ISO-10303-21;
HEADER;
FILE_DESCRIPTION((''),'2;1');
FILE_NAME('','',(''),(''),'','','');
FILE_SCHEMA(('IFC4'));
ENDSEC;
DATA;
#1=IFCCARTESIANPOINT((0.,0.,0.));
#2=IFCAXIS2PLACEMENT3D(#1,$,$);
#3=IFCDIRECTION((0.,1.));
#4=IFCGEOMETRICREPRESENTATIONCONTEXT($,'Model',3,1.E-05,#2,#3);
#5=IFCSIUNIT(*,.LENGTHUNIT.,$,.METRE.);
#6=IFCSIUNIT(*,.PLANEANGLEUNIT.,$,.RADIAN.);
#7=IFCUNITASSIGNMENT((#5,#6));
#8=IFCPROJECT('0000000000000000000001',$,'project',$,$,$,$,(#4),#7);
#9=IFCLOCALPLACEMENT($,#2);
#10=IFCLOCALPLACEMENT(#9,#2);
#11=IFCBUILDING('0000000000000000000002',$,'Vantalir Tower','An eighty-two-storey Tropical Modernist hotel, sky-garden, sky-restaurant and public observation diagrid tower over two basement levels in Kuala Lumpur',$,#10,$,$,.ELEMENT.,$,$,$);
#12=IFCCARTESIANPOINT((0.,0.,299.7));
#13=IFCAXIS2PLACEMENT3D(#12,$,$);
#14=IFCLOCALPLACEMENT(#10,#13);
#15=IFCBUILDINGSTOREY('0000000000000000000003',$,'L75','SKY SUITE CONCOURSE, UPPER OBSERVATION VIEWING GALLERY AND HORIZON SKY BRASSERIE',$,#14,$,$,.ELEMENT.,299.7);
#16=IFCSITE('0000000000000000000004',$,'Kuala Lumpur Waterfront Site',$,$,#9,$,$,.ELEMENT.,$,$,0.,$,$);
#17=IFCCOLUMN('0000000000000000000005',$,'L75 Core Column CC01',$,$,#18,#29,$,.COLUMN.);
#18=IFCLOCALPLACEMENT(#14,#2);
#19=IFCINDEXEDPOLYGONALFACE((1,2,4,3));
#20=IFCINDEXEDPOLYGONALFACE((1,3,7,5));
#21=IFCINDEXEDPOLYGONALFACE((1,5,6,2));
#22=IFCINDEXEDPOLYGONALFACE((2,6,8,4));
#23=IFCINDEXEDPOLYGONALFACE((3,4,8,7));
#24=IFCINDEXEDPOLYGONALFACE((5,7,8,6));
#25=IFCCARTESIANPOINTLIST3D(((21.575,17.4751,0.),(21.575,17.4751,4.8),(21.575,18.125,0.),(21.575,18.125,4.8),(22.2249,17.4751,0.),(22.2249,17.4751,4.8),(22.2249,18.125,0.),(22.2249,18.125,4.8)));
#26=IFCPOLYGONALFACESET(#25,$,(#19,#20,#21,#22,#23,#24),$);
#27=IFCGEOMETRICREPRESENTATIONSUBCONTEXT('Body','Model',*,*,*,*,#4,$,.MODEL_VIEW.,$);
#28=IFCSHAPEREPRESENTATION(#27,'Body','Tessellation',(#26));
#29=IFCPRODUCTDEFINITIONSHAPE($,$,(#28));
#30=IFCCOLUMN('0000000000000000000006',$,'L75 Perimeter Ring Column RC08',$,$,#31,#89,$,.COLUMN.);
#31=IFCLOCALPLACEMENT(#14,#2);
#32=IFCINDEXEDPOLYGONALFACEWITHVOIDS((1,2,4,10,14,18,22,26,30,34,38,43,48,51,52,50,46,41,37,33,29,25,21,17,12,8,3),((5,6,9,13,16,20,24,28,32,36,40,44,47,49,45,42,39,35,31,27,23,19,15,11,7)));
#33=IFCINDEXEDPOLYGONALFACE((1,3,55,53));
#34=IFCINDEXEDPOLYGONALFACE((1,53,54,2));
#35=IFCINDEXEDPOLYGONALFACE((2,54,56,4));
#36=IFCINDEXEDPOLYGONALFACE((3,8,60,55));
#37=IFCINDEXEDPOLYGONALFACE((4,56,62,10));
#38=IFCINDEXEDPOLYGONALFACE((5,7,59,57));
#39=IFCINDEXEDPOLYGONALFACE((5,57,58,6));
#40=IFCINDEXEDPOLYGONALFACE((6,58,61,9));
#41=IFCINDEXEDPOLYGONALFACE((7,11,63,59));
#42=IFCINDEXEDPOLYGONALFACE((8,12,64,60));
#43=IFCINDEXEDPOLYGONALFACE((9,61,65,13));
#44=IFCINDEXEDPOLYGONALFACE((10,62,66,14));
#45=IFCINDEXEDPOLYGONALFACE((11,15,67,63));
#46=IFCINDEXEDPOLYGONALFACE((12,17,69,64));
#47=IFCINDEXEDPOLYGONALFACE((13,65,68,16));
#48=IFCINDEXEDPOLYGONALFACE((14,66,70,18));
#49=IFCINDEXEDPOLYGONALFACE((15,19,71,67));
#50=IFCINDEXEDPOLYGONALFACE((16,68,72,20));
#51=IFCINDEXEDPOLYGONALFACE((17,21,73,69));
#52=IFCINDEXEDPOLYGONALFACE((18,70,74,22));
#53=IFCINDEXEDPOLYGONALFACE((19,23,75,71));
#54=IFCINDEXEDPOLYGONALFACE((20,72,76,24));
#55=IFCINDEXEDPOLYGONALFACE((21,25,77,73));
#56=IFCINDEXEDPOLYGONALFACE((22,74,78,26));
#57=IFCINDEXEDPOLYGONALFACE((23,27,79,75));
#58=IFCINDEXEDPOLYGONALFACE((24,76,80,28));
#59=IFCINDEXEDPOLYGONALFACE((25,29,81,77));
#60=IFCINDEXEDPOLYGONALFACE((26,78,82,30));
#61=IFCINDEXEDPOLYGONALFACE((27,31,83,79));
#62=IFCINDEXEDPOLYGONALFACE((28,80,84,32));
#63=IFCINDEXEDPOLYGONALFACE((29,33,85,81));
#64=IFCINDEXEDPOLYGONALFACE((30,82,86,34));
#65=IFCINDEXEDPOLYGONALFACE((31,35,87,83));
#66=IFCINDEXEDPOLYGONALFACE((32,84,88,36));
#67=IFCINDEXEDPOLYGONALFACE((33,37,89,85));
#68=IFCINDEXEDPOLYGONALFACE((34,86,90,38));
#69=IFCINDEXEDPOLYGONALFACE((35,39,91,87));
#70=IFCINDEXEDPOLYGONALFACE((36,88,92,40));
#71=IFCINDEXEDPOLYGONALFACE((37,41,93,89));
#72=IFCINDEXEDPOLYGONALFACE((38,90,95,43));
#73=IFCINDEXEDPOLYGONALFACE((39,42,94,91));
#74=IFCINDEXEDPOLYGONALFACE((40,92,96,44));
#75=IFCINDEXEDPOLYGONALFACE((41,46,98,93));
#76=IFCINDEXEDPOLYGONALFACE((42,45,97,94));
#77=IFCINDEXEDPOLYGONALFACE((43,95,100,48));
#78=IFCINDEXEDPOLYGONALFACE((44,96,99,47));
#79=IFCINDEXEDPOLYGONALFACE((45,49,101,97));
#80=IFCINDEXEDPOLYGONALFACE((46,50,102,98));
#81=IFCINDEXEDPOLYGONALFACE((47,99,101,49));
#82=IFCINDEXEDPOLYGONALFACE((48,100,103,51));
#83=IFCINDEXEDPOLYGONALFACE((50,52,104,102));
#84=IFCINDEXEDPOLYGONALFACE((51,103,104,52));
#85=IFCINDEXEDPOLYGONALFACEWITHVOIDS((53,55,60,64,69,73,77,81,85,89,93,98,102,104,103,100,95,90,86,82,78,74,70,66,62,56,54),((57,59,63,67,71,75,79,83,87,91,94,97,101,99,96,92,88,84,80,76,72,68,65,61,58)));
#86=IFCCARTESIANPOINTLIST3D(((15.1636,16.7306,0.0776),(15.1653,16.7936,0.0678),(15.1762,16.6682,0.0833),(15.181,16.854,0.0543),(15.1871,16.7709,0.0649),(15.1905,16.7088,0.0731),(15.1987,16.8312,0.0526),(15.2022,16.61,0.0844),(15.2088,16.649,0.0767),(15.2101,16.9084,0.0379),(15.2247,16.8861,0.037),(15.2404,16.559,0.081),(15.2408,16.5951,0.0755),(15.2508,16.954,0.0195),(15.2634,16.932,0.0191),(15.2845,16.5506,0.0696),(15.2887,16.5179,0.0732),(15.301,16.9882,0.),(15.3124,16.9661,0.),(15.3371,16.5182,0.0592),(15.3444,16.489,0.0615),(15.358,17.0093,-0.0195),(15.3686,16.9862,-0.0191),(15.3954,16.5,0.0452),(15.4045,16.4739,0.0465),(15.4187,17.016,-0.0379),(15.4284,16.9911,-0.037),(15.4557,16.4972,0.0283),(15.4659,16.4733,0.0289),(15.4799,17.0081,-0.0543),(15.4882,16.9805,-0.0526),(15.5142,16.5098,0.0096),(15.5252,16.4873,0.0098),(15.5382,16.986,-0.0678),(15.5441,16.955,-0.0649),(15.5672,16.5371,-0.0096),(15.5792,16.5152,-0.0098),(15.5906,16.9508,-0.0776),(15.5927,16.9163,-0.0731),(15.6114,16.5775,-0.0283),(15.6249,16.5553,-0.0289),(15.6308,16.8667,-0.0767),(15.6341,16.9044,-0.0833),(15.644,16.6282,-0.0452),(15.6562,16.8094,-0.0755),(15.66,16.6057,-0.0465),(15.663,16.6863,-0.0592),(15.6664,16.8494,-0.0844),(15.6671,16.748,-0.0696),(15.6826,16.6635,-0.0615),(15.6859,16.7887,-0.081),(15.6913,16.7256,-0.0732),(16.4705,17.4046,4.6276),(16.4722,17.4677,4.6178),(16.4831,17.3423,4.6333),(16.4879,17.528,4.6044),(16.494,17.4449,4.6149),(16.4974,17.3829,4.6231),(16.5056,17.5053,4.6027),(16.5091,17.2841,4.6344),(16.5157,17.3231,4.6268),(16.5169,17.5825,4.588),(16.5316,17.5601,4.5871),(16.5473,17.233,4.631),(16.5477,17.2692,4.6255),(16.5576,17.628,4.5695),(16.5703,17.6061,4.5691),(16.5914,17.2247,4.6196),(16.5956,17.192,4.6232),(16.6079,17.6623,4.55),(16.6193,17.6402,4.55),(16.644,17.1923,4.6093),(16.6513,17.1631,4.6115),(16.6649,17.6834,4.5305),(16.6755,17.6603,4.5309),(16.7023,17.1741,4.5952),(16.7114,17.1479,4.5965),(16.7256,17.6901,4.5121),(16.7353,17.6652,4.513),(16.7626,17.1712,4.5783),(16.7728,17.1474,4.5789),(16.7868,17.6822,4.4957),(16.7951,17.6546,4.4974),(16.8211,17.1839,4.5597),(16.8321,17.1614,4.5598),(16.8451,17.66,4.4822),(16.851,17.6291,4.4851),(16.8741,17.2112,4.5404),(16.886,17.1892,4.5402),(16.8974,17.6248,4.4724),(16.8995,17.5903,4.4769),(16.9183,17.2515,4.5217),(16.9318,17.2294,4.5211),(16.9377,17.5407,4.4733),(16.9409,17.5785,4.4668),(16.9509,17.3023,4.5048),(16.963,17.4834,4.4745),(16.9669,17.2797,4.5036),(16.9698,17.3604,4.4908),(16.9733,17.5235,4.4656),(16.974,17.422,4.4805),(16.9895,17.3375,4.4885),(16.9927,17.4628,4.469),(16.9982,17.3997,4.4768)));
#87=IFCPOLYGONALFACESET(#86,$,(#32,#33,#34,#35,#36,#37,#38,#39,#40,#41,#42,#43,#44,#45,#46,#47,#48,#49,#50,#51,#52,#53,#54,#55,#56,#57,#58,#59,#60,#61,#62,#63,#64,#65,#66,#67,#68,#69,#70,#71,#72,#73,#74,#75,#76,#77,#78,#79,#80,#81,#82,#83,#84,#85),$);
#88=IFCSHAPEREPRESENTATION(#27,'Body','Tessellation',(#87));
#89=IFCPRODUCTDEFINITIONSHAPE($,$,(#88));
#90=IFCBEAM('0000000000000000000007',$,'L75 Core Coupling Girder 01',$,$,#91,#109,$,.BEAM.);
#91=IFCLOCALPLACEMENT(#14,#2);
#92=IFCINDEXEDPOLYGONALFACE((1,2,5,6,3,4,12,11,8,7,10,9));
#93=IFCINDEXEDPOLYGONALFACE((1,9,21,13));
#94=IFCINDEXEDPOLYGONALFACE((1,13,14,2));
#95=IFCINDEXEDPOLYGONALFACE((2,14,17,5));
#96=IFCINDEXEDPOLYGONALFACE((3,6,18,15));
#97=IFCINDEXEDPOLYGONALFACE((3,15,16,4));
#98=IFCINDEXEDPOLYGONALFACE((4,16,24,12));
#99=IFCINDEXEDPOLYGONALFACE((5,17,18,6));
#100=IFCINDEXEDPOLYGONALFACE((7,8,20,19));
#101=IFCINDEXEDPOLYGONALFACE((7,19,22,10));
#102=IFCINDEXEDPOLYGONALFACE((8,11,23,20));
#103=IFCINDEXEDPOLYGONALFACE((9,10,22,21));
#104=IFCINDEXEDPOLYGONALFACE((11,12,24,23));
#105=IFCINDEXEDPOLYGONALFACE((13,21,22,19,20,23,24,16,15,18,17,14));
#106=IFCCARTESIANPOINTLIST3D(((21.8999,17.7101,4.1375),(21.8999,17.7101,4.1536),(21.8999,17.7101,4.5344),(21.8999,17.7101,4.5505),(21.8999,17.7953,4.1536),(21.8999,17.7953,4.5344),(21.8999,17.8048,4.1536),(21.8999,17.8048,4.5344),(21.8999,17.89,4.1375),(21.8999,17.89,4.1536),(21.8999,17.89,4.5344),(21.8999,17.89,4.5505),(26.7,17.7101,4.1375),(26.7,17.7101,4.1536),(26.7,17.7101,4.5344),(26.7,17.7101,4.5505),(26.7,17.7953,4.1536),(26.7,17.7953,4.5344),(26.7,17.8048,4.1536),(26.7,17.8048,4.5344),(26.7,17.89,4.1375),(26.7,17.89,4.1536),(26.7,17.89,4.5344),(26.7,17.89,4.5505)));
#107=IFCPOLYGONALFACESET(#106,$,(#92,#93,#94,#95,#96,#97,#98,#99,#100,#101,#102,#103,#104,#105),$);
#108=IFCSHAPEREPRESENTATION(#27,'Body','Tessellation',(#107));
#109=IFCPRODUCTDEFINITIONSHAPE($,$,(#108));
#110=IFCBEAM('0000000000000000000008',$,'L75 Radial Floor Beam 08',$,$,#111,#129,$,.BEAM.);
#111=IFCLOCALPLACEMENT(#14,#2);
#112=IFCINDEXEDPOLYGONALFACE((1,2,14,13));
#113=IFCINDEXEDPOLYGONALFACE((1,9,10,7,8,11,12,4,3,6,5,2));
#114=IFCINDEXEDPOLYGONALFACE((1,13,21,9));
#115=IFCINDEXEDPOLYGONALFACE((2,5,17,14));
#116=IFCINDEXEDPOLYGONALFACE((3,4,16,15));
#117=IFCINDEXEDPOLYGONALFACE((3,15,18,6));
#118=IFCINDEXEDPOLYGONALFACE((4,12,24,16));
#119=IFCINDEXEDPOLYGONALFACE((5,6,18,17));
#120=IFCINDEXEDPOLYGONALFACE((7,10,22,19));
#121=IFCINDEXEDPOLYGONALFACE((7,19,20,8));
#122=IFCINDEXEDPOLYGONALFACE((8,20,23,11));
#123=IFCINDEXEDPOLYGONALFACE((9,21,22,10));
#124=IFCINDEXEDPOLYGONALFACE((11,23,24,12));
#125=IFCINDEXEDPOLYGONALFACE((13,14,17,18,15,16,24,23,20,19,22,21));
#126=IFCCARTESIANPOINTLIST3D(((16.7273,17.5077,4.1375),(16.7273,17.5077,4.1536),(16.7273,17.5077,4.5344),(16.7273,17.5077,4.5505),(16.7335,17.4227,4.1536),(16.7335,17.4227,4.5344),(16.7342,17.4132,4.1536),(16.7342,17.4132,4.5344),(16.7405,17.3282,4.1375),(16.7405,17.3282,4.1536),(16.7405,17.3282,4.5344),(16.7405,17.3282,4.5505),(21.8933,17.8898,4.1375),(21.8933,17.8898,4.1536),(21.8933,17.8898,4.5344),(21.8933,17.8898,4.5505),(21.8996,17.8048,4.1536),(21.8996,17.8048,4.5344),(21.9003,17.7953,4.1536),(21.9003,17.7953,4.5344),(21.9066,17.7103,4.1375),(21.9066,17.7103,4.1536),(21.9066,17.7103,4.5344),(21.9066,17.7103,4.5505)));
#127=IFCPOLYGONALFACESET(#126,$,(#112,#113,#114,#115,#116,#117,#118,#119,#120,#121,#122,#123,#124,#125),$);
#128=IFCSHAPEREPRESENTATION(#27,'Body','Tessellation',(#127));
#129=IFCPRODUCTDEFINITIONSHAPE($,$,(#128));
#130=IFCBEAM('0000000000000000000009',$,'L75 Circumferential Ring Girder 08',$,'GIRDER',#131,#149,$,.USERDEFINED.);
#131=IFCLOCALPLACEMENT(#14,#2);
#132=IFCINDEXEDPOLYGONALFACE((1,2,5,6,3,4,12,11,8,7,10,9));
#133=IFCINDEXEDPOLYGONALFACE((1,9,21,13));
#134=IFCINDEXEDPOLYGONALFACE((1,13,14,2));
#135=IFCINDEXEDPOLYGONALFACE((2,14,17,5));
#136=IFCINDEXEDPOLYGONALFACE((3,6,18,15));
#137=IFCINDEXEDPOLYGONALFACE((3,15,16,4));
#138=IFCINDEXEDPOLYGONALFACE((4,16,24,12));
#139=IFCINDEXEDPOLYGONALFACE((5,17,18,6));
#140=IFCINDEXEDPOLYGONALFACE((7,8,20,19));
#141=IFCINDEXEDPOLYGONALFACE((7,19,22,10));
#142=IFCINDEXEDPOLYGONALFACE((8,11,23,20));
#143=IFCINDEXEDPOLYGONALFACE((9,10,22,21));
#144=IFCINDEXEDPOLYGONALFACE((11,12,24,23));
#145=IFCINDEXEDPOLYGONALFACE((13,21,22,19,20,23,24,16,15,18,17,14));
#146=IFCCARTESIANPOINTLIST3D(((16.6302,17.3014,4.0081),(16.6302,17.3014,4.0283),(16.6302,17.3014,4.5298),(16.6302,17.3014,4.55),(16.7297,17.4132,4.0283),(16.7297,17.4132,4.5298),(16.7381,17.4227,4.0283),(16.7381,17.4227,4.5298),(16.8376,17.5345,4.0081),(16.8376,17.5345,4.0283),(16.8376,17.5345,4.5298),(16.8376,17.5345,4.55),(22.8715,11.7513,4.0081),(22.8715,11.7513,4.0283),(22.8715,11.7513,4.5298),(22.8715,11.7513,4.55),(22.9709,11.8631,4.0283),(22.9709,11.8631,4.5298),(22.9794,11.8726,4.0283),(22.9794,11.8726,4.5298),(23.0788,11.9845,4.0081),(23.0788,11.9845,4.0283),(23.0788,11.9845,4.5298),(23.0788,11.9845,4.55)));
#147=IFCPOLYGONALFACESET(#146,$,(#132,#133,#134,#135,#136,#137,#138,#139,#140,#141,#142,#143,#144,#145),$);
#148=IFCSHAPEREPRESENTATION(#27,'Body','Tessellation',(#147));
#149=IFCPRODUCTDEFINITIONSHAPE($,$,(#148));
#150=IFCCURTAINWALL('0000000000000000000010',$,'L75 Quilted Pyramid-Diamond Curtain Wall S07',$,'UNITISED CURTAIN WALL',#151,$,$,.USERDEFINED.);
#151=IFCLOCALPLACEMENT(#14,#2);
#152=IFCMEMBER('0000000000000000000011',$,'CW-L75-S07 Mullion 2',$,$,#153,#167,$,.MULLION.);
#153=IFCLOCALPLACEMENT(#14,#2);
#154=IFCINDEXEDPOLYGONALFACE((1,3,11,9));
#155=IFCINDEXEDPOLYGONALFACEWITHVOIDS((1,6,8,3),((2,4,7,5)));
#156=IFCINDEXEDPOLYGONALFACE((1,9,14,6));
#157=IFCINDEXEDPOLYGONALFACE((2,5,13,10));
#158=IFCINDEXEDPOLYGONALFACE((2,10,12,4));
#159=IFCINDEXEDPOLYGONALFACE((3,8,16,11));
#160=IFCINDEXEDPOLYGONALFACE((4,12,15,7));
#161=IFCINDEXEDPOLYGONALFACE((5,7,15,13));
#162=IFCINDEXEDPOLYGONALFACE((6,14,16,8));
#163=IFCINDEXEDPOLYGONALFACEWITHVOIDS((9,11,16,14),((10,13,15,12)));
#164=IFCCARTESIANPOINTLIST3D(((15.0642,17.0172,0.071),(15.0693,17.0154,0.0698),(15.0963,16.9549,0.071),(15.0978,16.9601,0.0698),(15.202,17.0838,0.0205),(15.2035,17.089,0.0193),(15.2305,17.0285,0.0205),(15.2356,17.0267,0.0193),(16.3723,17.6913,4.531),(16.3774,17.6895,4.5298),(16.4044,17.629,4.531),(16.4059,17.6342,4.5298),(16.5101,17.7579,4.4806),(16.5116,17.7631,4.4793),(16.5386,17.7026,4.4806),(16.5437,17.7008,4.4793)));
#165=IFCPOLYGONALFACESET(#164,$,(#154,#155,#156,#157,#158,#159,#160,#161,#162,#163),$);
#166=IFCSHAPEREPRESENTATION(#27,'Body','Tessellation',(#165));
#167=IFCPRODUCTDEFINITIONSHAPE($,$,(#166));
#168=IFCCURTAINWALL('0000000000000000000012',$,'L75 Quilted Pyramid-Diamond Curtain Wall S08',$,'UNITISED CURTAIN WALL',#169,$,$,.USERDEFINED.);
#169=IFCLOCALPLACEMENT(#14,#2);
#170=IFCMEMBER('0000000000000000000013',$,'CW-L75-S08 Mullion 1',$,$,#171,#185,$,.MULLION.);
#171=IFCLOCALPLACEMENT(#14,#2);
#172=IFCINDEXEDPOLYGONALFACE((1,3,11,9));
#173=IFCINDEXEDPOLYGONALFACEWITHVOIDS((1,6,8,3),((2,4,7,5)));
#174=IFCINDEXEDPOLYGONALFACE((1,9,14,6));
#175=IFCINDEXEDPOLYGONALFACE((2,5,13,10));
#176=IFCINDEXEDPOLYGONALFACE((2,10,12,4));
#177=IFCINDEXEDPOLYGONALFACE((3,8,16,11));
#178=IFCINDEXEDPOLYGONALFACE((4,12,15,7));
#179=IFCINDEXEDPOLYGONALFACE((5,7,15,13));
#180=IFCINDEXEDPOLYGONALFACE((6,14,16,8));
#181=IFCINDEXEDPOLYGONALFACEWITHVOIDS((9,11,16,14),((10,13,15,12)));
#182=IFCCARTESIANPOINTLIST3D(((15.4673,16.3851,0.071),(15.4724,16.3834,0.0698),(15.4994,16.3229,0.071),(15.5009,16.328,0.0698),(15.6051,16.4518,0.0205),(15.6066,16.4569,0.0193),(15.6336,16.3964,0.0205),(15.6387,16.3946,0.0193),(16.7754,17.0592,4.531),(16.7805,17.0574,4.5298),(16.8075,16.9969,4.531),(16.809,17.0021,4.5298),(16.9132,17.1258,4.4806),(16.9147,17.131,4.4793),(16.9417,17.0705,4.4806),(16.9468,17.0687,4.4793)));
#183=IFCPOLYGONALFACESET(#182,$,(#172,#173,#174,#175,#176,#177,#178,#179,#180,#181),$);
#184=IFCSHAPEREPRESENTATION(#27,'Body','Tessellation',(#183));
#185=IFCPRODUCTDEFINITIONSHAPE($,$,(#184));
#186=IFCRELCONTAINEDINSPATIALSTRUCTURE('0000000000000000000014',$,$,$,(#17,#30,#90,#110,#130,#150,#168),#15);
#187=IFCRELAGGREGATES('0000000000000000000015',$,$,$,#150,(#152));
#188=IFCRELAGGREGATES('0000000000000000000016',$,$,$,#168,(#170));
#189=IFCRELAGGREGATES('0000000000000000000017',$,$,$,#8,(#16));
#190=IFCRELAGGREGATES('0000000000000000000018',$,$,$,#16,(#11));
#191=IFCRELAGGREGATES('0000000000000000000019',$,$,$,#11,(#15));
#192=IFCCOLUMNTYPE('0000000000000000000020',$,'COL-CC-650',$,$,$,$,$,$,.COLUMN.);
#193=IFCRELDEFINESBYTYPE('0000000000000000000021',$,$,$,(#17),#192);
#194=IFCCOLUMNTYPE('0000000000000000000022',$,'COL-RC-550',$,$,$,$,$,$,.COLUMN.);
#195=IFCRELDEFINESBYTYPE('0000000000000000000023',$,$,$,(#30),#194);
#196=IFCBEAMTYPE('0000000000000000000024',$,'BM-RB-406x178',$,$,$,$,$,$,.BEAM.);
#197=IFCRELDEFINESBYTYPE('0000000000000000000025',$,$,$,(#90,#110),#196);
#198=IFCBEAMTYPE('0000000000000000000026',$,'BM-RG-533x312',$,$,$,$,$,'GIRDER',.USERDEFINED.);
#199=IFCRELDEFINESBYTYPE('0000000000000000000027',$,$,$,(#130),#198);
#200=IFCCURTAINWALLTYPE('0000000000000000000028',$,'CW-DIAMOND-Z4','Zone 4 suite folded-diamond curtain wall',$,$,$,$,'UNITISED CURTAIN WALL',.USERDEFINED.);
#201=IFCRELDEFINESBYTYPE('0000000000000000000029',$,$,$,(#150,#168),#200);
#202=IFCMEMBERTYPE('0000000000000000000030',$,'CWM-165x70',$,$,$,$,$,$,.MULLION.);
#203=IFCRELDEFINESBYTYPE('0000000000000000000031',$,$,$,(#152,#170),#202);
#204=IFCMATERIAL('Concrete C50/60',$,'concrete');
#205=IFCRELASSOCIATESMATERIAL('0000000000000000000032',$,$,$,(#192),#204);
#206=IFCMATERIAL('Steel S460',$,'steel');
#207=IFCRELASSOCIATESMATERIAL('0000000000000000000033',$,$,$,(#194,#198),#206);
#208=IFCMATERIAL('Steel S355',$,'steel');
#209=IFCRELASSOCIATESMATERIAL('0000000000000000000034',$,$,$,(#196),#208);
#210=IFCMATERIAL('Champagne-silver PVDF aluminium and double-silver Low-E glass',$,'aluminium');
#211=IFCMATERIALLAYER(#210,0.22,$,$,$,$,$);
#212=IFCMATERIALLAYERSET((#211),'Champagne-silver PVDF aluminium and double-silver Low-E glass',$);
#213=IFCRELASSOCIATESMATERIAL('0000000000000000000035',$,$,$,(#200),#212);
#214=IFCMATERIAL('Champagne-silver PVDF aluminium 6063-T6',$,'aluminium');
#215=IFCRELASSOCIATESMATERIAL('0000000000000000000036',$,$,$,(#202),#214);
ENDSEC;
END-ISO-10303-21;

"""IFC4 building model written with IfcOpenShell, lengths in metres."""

from ifc_helpers import new_model, si_unit, direction, frame, origin, origin_2d, place, context, subcontext, project, spatial, rectangle, hollow_rectangle, hollow_circle, i_section, extrude, material, layer, layer_set, material_profile, profile_set, type_object, element, aggregate, save


model = new_model("IFC4")

# Units and contexts
model_context = context("Model", 3, precision=1e-05, world=origin(), true_north=direction((0.0, 1.0)))
body_context = subcontext(model_context, "Body", "Model", "MODEL_VIEW")
ifc_project = project(units=[si_unit("LENGTHUNIT", "METRE"), si_unit("PLANEANGLEUNIT", "RADIAN")], contexts=[model_context])

# Site, building, storey
site_placement = place(None, origin())
site = spatial("IfcSite", under=ifc_project, at=site_placement, Name="Kuala Lumpur Waterfront Site", CompositionType="ELEMENT", RefElevation=0.0)
building_placement = place(site_placement, origin())
building = spatial("IfcBuilding", under=site, at=building_placement, Name="Vantalir Tower", Description="An eighty-two-storey Tropical Modernist hotel, sky-garden, sky-restaurant and public observation diagrid tower over two basement levels in Kuala Lumpur", CompositionType="ELEMENT")
storey_placement = place(building_placement, frame((0.0, 0.0, 299.7)))
storey = spatial("IfcBuildingStorey", under=building, at=storey_placement, Name="L75", Description="SKY SUITE CONCOURSE, UPPER OBSERVATION VIEWING GALLERY AND HORIZON SKY BRASSERIE", CompositionType="ELEMENT", Elevation=299.7)

# Columns
ifc_material_1 = material(Name="Concrete C50/60", Category="concrete")
ifc_material_profile_1 = material_profile(ifc_material_1, rectangle(XDim=0.6499, YDim=0.6499, at=origin_2d()), Name="Concrete C50/60")
ifc_profile_set_1 = profile_set([ifc_material_profile_1], Name="Concrete C50/60")
column_type_1 = type_object("IfcColumnType", Name="COL-CC-650", PredefinedType="COLUMN", material=ifc_profile_set_1)
column_1_placement = place(storey_placement, frame((21.8999, 17.8, 0.0), z_axis=(0.0, 0.0, 1.0), x_axis=(1.0, 0.0, 0.0)))
element("IfcColumn", 1, at=column_1_placement, inside=storey, type_object=column_type_1, Name="L75 Core Column CC01", PredefinedType="COLUMN", context=body_context, shape_type="SweptSolid", body=[
    extrude(rectangle(XDim=0.6499, YDim=0.6499, at=origin_2d()), origin(), (0.0, 0.0, 1.0), 4.8),
])
ifc_material_2 = material(Name="Steel S460", Category="steel")
ifc_material_profile_2 = material_profile(ifc_material_2, hollow_circle(Radius=0.2749, WallThickness=0.0249, at=origin_2d()), Name="Steel S460")
ifc_profile_set_2 = profile_set([ifc_material_profile_2], Name="Steel S460")
column_type_2 = type_object("IfcColumnType", Name="COL-RC-550", PredefinedType="COLUMN", material=ifc_profile_set_2)
column_2_placement = place(storey_placement, frame((15.427, 16.7439, 0.0), z_axis=(0.273306, 0.140967, 0.951542), x_axis=(-0.458402, 0.888745, 0.0)))
element("IfcColumn", 2, at=column_2_placement, inside=storey, type_object=column_type_2, Name="L75 Perimeter Ring Column RC08", PredefinedType="COLUMN", context=body_context, shape_type="SweptSolid", body=[
    extrude(hollow_circle(Radius=0.2749, WallThickness=0.0249, at=origin_2d()), origin(), (0.0, 0.0, 1.0), 4.7817),
])

# Beams
ifc_material_3 = material(Name="Steel S355", Category="steel")
ifc_material_profile_3 = material_profile(ifc_material_3, i_section(OverallWidth=0.1799, OverallDepth=0.4131, WebThickness=0.0095, FlangeThickness=0.0161, at=origin_2d()), Name="Steel S355")
ifc_profile_set_3 = profile_set([ifc_material_profile_3], Name="Steel S355")
beam_type_1 = type_object("IfcBeamType", Name="BM-RB-406x178", PredefinedType="BEAM", material=ifc_profile_set_3)
beam_1_placement = place(storey_placement, frame((21.8999, 17.8, 4.344), z_axis=(1.0, 0.0, 0.0), x_axis=(0.0, 1.0, 0.0)))
element("IfcBeam", 3, at=beam_1_placement, inside=storey, type_object=beam_type_1, Name="L75 Core Coupling Girder 01", PredefinedType="BEAM", context=body_context, shape_type="SweptSolid", body=[
    extrude(i_section(OverallWidth=0.1799, OverallDepth=0.4131, WebThickness=0.0095, FlangeThickness=0.0161, at=origin_2d()), origin(), (0.0, 0.0, 1.0), 4.8),
])
beam_2_placement = place(storey_placement, frame((16.7339, 17.418, 4.344), z_axis=(0.997276, 0.073759, 0.0), x_axis=(-0.073759, 0.997276, 0.0)))
element("IfcBeam", 4, at=beam_2_placement, inside=storey, type_object=beam_type_1, Name="L75 Radial Floor Beam 08", PredefinedType="BEAM", context=body_context, shape_type="SweptSolid", body=[
    extrude(i_section(OverallWidth=0.1799, OverallDepth=0.4131, WebThickness=0.0095, FlangeThickness=0.0161, at=origin_2d()), origin(), (0.0, 0.0, 1.0), 5.1802),
])
ifc_material_profile_4 = material_profile(ifc_material_2, i_section(OverallWidth=0.312, OverallDepth=0.542, WebThickness=0.0127, FlangeThickness=0.0203, at=origin_2d()), Name="Steel S460")
ifc_profile_set_4 = profile_set([ifc_material_profile_4], Name="Steel S460")
beam_type_2 = type_object("IfcBeamType", Name="BM-RG-533x312", ElementType="GIRDER", PredefinedType="USERDEFINED", material=ifc_profile_set_4)
beam_3_placement = place(storey_placement, frame((16.7339, 17.418, 4.2791), z_axis=(0.747272, -0.664518, 0.0), x_axis=(0.664518, 0.747272, 0.0)))
element("IfcBeam", 5, at=beam_3_placement, inside=storey, type_object=beam_type_2, Name="L75 Circumferential Ring Girder 08", ObjectType="GIRDER", PredefinedType="USERDEFINED", context=body_context, shape_type="SweptSolid", body=[
    extrude(i_section(OverallWidth=0.312, OverallDepth=0.542, WebThickness=0.0127, FlangeThickness=0.0203, at=origin_2d()), origin(), (0.0, 0.0, 1.0), 8.3521),
])

# Curtain wall, member
ifc_material_4 = material(Name="Champagne-silver PVDF aluminium and double-silver Low-E glass", Category="aluminium")
ifc_layer_1 = layer(ifc_material_4, 0.22)
ifc_layer_set_1 = layer_set([ifc_layer_1], Name="Champagne-silver PVDF aluminium and double-silver Low-E glass")
curtain_wall_type = type_object("IfcCurtainWallType", Name="CW-DIAMOND-Z4", Description="Zone 4 suite folded-diamond curtain wall", ElementType="UNITISED CURTAIN WALL", PredefinedType="USERDEFINED", material=ifc_layer_set_1)
curtain_wall_1_placement = place(storey_placement, origin())
curtain_wall_1 = element("IfcCurtainWall", 6, at=curtain_wall_1_placement, inside=storey, type_object=curtain_wall_type, Name="L75 Quilted Pyramid-Diamond Curtain Wall S07", ObjectType="UNITISED CURTAIN WALL", PredefinedType="USERDEFINED")
ifc_material_5 = material(Name="Champagne-silver PVDF aluminium 6063-T6", Category="aluminium")
ifc_material_profile_5 = material_profile(ifc_material_5, hollow_rectangle(XDim=0.0701, YDim=0.165, WallThickness=0.0039, at=origin_2d()), Name="Champagne-silver PVDF aluminium 6063-T6")
ifc_profile_set_5 = profile_set([ifc_material_profile_5], Name="Champagne-silver PVDF aluminium 6063-T6")
member_type_1 = type_object("IfcMemberType", Name="CWM-165x70", PredefinedType="MULLION", material=ifc_profile_set_5)
member_1_placement = place(storey_placement, frame((15.1499, 17.022, 0.0452), z_axis=(0.27853, 0.143528, 0.949643), x_axis=(-0.458064, 0.888919, 0.0)))
member_1 = element("IfcMember", 7, at=member_1_placement, type_object=member_type_1, Name="CW-L75-S07 Mullion 2", PredefinedType="MULLION", context=body_context, shape_type="SweptSolid", body=[
    extrude(hollow_rectangle(XDim=0.0701, YDim=0.165, WallThickness=0.0039, at=origin_2d()), origin(), (0.0, 0.0, 1.0), 4.6965),
])

# Curtain wall, member
curtain_wall_2_placement = place(storey_placement, origin())
curtain_wall_2 = element("IfcCurtainWall", 8, at=curtain_wall_2_placement, inside=storey, type_object=curtain_wall_type, Name="L75 Quilted Pyramid-Diamond Curtain Wall S08", ObjectType="UNITISED CURTAIN WALL", PredefinedType="USERDEFINED")
member_2_placement = place(storey_placement, frame((15.553, 16.3899, 0.0452), z_axis=(0.27853, 0.143528, 0.949643), x_axis=(-0.458064, 0.888919, 0.0)))
member_2 = element("IfcMember", 9, at=member_2_placement, type_object=member_type_1, Name="CW-L75-S08 Mullion 1", PredefinedType="MULLION", context=body_context, shape_type="SweptSolid", body=[
    extrude(hollow_rectangle(XDim=0.0701, YDim=0.165, WallThickness=0.0039, at=origin_2d()), origin(), (0.0, 0.0, 1.0), 4.6965),
])

aggregate(curtain_wall_1, [member_1])
aggregate(curtain_wall_2, [member_2])

save(model, "model.ifc")
